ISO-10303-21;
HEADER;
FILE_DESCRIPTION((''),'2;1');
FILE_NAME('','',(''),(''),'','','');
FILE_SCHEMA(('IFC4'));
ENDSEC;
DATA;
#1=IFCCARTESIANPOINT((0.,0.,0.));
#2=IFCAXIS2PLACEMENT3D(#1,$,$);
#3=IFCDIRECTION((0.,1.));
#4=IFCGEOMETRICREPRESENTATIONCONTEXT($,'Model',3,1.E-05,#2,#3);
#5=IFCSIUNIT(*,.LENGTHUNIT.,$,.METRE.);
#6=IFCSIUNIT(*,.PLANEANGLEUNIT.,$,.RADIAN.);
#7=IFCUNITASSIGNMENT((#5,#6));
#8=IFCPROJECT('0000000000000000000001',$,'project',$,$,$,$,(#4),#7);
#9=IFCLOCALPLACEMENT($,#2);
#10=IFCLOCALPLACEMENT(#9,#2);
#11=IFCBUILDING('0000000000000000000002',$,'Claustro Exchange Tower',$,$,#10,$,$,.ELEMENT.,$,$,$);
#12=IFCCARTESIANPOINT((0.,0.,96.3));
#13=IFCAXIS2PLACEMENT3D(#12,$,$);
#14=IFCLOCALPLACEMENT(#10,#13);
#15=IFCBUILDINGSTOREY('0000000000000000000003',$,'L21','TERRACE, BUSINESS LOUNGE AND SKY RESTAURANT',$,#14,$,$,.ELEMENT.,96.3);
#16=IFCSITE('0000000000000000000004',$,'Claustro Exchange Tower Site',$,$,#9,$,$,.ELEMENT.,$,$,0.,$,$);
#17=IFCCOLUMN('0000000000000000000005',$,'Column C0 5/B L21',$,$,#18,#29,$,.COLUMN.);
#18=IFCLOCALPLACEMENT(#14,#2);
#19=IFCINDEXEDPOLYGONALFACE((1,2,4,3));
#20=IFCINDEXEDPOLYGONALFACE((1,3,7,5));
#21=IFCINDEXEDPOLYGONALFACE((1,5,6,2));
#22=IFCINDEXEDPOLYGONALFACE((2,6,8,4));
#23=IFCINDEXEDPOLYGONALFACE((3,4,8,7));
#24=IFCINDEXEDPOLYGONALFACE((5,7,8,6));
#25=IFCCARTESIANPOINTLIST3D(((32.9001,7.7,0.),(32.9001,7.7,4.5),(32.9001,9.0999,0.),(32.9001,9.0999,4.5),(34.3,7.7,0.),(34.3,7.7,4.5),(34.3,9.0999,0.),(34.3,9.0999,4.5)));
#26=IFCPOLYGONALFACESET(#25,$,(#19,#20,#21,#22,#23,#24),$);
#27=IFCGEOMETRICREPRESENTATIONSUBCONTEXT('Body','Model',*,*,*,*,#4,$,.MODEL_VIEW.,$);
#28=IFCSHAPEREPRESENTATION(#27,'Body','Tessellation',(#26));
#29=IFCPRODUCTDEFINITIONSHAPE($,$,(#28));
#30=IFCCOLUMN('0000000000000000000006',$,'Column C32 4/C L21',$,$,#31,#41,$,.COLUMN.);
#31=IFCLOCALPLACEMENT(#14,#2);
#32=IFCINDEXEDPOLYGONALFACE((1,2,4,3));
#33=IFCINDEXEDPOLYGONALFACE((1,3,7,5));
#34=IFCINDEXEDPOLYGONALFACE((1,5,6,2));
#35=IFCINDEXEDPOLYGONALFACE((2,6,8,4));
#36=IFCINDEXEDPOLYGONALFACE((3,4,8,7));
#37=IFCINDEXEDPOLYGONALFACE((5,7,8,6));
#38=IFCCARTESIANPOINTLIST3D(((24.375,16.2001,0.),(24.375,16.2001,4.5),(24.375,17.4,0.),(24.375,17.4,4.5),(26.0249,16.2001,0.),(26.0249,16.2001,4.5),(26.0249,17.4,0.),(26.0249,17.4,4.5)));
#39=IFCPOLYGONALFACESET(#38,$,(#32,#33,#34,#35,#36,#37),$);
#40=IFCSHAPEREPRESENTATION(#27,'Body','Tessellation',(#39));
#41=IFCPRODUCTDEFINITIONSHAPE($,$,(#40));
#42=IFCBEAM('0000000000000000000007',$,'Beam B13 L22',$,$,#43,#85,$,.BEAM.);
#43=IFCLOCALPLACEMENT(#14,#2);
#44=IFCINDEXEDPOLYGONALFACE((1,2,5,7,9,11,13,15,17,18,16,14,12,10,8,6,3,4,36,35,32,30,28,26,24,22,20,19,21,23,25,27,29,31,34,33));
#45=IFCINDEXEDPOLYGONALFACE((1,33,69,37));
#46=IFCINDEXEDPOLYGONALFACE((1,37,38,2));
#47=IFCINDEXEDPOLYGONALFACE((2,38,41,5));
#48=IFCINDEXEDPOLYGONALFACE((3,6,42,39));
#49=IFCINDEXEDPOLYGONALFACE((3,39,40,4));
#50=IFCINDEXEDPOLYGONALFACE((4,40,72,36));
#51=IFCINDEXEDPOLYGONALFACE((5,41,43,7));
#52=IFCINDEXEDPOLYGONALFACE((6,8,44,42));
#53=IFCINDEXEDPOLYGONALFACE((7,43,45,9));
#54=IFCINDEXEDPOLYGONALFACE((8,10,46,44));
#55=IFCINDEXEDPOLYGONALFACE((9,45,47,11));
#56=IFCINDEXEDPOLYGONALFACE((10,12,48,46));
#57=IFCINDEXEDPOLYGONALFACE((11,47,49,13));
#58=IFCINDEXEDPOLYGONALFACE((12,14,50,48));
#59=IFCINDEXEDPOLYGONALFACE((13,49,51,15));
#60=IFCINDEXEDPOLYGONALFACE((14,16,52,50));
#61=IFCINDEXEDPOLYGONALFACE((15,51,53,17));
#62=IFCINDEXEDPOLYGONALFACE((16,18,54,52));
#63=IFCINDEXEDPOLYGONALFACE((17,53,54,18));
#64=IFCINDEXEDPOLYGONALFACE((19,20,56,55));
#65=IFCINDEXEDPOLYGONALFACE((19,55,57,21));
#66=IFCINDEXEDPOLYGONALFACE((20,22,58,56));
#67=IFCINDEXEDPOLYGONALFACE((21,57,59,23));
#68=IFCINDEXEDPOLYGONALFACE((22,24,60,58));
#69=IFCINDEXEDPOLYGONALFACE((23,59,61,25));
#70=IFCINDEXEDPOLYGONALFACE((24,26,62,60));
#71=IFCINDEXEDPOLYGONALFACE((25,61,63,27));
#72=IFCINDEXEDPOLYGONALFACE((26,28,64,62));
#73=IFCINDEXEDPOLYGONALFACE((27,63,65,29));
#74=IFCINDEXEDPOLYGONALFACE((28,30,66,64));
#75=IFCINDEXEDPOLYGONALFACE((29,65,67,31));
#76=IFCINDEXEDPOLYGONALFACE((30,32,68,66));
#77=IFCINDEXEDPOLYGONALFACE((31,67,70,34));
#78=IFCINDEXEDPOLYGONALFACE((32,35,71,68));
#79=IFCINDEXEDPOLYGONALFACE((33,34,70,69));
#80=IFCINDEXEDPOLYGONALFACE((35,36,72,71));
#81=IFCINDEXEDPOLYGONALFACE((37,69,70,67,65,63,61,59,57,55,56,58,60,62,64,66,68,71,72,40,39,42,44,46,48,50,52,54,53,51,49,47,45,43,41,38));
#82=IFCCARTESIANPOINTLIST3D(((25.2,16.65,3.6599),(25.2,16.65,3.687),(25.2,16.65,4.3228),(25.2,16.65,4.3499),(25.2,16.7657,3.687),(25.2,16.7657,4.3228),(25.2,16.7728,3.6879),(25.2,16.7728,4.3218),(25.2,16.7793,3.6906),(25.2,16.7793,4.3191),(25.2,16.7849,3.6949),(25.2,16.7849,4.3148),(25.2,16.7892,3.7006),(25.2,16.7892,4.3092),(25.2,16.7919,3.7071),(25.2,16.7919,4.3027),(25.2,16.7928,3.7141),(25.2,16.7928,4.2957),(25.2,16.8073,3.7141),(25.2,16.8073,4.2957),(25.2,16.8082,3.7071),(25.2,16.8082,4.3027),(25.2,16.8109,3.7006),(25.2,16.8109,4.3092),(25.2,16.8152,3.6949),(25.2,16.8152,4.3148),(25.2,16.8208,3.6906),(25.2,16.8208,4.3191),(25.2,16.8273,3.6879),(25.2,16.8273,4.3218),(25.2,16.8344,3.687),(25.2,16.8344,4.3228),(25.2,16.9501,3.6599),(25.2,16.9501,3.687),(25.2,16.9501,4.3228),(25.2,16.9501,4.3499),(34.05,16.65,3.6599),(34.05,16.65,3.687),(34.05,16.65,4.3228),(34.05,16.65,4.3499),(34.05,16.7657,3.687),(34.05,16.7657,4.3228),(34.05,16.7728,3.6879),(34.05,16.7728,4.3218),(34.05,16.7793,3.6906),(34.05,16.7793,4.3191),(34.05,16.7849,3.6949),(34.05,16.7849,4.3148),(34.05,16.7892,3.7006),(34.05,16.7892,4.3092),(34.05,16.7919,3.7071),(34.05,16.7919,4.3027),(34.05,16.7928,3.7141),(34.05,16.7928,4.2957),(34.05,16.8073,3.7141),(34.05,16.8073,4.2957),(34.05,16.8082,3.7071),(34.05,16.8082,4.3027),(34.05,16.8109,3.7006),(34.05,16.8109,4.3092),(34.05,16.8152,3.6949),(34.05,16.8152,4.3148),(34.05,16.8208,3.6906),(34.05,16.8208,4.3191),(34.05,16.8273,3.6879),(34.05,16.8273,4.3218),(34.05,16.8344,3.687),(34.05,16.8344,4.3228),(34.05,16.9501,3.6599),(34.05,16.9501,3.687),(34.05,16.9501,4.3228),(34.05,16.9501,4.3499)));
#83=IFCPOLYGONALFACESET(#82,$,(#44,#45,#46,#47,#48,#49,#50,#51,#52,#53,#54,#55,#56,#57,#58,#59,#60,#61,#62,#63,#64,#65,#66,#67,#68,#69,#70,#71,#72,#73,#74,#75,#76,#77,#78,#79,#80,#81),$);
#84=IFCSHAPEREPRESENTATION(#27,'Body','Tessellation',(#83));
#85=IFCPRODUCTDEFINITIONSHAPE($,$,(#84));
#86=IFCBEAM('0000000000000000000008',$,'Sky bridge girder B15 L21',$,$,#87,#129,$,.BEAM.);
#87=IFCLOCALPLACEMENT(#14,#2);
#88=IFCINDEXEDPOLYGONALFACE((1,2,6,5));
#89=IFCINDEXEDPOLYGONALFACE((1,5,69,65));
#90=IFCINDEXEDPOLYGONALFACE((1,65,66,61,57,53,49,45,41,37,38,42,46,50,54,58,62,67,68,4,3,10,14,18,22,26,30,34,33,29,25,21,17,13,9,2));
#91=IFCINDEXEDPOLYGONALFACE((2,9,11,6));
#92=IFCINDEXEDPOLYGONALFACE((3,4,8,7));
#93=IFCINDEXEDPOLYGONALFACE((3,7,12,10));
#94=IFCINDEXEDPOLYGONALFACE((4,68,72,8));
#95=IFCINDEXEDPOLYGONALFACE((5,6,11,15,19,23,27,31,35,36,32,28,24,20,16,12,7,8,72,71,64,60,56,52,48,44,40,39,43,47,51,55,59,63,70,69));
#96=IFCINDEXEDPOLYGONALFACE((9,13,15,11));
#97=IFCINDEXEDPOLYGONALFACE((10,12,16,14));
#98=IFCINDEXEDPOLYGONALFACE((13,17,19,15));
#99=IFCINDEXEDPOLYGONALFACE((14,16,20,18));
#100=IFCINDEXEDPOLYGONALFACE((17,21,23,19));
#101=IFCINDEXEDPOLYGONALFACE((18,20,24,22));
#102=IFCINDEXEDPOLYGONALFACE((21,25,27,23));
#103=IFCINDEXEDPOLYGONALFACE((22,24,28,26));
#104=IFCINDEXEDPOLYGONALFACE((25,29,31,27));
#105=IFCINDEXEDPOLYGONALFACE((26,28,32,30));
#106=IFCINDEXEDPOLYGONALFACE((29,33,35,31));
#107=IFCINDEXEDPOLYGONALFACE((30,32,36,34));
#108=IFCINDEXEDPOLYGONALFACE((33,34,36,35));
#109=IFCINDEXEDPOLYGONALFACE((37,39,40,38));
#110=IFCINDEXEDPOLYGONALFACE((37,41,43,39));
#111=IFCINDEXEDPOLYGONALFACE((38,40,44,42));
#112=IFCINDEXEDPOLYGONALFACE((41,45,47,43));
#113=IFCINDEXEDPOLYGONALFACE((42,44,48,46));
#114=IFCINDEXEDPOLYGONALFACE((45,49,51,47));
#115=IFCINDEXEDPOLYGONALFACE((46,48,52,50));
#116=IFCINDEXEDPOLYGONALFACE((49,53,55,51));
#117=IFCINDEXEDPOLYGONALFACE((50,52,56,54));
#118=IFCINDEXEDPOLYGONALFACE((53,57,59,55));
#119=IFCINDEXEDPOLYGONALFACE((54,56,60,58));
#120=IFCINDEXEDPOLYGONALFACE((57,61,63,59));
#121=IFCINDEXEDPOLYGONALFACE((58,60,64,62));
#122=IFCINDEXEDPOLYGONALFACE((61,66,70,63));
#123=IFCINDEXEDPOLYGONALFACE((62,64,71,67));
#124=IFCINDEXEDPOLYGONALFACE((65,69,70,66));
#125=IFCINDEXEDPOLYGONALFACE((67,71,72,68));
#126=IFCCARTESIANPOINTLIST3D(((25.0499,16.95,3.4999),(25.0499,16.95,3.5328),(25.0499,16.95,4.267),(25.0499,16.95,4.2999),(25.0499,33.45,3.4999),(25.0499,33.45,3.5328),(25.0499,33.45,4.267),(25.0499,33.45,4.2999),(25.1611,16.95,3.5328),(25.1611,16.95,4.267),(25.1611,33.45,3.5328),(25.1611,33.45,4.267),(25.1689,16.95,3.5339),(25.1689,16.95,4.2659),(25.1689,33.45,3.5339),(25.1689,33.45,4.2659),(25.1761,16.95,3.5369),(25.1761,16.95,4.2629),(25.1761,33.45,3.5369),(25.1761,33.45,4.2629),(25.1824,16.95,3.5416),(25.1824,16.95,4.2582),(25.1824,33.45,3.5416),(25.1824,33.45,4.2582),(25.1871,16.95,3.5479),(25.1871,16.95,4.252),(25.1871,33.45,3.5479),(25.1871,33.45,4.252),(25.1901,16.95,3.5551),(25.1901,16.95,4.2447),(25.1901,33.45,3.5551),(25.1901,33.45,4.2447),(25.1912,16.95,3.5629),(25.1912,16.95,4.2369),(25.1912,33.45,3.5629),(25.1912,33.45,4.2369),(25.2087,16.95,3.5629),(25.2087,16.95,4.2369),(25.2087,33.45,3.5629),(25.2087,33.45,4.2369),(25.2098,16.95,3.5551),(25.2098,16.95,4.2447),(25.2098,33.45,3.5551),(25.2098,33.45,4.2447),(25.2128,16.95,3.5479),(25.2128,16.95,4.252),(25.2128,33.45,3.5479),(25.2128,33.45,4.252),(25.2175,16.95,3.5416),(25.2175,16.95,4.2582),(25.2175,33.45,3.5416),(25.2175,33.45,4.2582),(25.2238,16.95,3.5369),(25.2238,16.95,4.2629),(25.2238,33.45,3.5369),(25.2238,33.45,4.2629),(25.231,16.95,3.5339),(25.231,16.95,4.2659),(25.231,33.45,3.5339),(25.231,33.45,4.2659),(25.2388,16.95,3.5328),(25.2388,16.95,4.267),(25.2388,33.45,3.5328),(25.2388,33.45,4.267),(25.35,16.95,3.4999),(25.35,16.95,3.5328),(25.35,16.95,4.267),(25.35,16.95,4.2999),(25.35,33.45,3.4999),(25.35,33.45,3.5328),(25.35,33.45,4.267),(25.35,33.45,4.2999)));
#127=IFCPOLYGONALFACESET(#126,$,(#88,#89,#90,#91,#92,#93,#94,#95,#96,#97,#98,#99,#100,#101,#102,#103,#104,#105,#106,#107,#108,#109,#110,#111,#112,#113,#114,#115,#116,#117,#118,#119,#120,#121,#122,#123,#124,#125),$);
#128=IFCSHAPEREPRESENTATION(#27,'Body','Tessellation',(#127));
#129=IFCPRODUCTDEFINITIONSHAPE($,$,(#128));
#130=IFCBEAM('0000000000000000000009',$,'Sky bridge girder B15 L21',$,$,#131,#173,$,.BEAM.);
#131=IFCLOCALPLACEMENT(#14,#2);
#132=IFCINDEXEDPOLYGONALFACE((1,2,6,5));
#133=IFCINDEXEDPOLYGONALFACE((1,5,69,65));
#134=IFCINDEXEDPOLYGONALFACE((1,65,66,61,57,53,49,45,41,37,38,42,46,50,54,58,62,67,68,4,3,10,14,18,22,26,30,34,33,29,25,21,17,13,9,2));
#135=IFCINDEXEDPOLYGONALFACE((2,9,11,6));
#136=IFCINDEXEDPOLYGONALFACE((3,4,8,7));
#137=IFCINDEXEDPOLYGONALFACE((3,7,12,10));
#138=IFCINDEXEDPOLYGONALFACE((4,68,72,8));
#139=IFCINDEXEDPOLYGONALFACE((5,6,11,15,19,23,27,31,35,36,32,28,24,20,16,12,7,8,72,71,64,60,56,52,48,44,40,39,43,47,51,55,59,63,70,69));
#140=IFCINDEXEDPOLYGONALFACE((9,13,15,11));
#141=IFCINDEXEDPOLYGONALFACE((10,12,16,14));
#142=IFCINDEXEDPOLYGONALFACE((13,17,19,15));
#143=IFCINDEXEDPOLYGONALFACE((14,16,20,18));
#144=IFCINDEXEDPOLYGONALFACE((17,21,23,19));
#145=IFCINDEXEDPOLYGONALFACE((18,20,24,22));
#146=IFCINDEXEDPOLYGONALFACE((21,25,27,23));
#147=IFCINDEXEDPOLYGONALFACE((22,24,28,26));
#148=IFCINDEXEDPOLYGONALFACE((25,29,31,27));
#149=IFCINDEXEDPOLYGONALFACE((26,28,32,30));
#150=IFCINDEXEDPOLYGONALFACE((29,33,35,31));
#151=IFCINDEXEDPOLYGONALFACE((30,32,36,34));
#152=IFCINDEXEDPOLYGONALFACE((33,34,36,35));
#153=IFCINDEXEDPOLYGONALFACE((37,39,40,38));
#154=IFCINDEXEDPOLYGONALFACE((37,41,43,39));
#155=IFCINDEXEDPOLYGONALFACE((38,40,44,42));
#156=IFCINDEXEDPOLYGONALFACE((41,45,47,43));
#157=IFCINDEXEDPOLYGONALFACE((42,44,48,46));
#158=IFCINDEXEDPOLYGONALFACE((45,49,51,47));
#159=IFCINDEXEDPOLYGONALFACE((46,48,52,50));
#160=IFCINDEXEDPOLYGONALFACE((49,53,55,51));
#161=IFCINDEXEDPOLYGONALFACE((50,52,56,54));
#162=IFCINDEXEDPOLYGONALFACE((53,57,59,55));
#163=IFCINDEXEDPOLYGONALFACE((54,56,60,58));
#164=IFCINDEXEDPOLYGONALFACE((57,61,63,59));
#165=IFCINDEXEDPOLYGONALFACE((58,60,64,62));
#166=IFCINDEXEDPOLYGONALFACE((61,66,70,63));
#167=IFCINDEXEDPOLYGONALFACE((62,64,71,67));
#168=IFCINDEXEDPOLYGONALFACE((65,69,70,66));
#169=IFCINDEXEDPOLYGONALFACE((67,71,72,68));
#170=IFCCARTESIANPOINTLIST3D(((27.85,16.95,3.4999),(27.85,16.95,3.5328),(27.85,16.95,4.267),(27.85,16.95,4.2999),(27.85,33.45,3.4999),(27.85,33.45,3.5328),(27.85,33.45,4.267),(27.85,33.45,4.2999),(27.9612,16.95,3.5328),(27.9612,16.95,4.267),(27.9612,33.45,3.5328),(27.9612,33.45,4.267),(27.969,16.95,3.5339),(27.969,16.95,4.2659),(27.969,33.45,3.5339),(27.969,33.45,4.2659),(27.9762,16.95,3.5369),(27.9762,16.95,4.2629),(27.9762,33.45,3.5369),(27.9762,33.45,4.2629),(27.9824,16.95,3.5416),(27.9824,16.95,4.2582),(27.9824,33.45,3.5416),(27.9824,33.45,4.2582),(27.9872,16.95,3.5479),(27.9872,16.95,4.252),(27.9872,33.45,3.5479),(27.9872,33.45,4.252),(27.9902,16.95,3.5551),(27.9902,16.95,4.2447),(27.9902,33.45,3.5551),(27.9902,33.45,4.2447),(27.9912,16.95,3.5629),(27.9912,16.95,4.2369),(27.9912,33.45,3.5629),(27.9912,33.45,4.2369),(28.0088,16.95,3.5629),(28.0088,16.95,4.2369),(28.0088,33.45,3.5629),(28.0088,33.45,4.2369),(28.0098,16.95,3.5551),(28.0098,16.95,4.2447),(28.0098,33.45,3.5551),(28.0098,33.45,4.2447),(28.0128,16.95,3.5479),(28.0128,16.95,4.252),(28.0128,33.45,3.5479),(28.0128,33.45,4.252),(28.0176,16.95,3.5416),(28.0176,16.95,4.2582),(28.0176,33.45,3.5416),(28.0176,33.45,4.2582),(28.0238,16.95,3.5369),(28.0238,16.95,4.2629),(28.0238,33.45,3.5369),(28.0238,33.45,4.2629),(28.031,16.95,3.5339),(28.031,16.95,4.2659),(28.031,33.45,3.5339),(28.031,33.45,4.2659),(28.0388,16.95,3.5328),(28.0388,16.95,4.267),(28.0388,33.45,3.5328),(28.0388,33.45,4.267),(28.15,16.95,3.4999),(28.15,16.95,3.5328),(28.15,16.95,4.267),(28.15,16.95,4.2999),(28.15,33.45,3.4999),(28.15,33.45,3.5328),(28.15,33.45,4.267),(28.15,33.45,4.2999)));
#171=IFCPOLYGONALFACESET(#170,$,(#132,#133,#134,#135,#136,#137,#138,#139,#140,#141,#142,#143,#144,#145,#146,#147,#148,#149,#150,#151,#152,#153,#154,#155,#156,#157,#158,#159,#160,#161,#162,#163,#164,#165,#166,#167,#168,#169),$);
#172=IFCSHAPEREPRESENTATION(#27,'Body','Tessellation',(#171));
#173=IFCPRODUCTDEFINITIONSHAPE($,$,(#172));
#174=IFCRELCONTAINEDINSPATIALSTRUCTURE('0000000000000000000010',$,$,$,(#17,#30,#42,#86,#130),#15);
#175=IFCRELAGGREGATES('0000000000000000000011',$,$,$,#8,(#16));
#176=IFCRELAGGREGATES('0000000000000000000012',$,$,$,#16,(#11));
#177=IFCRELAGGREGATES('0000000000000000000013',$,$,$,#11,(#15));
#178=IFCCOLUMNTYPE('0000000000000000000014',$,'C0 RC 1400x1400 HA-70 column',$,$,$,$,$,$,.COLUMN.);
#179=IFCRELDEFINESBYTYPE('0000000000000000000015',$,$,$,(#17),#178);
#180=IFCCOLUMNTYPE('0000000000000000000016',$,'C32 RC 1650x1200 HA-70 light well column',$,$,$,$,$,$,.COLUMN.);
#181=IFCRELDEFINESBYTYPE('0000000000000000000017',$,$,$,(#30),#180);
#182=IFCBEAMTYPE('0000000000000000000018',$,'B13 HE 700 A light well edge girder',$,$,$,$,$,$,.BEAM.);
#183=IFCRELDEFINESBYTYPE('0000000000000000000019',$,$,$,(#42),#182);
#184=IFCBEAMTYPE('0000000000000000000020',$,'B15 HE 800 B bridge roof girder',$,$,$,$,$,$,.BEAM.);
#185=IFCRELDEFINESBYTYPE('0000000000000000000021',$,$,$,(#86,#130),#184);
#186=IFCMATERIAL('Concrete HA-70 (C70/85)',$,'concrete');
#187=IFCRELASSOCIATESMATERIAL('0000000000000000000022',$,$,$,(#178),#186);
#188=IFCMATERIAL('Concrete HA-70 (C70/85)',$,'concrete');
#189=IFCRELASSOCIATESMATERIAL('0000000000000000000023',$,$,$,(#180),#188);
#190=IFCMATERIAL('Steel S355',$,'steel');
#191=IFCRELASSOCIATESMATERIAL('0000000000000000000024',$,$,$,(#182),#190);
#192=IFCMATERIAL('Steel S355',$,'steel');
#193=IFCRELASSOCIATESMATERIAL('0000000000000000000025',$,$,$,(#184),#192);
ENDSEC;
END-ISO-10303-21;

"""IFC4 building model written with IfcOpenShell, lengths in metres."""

from ifc_helpers import new_model, si_unit, direction, frame, origin, origin_2d, place, context, subcontext, project, spatial, rectangle, i_section, extrude, material, material_profile, profile_set, type_object, element, save


model = new_model("IFC4")

# Units and contexts
model_context = context("Model", 3, precision=1e-05, world=origin(), true_north=direction((0.0, 1.0)))
body_context = subcontext(model_context, "Body", "Model", "MODEL_VIEW")
ifc_project = project(units=[si_unit("LENGTHUNIT", "METRE"), si_unit("PLANEANGLEUNIT", "RADIAN")], contexts=[model_context])

# Site, building, storey
site_placement = place(None, origin())
site = spatial("IfcSite", under=ifc_project, at=site_placement, Name="Claustro Exchange Tower Site", CompositionType="ELEMENT", RefElevation=0.0)
building_placement = place(site_placement, origin())
building = spatial("IfcBuilding", under=site, at=building_placement, Name="Claustro Exchange Tower", CompositionType="ELEMENT")
storey_placement = place(building_placement, frame((0.0, 0.0, 96.3)))
storey = spatial("IfcBuildingStorey", under=building, at=storey_placement, Name="L21", Description="TERRACE, BUSINESS LOUNGE AND SKY RESTAURANT", CompositionType="ELEMENT", Elevation=96.3)

# Columns
ifc_material_1 = material(Name="Concrete HA-70 (C70/85)", Category="concrete")
ifc_material_profile_1 = material_profile(ifc_material_1, rectangle(XDim=1.3999, YDim=1.3999, at=origin_2d()), Name="RC 1400x1400")
ifc_profile_set_1 = profile_set([ifc_material_profile_1], Name="Concrete HA-70 (C70/85)")
column_type_1 = type_object("IfcColumnType", Name="C0 RC 1400x1400 HA-70 column", PredefinedType="COLUMN", material=ifc_profile_set_1)
column_1_placement = place(storey_placement, frame((33.6001, 8.3999, 0.0), z_axis=(0.0, 0.0, 1.0), x_axis=(1.0, 0.0, 0.0)))
element("IfcColumn", 1, at=column_1_placement, inside=storey, type_object=column_type_1, Name="Column C0 5/B L21", PredefinedType="COLUMN", context=body_context, shape_type="SweptSolid", body=[
    extrude(rectangle(XDim=1.3999, YDim=1.3999, at=origin_2d()), origin(), (0.0, 0.0, 1.0), 4.5),
])
ifc_material_2 = material(Name="Concrete HA-70 (C70/85)", Category="concrete")
ifc_material_profile_2 = material_profile(ifc_material_2, rectangle(XDim=1.6499, YDim=1.2, at=origin_2d()), Name="RC 1650x1200")
ifc_profile_set_2 = profile_set([ifc_material_profile_2], Name="Concrete HA-70 (C70/85)")
column_type_2 = type_object("IfcColumnType", Name="C32 RC 1650x1200 HA-70 light well column", PredefinedType="COLUMN", material=ifc_profile_set_2)
column_2_placement = place(storey_placement, frame((25.2, 16.8, 0.0), z_axis=(0.0, 0.0, 1.0), x_axis=(1.0, 0.0, 0.0)))
element("IfcColumn", 2, at=column_2_placement, inside=storey, type_object=column_type_2, Name="Column C32 4/C L21", PredefinedType="COLUMN", context=body_context, shape_type="SweptSolid", body=[
    extrude(rectangle(XDim=1.6499, YDim=1.2, at=origin_2d()), origin(), (0.0, 0.0, 1.0), 4.5),
])

# Beams
ifc_material_3 = material(Name="Steel S355", Category="steel")
ifc_material_profile_3 = material_profile(ifc_material_3, i_section(OverallWidth=0.3, OverallDepth=0.6899, WebThickness=0.0144, FlangeThickness=0.0271, FilletRadius=0.0271, at=origin_2d()), Name="HE 700 A")
ifc_profile_set_3 = profile_set([ifc_material_profile_3], Name="Steel S355")
beam_type_1 = type_object("IfcBeamType", Name="B13 HE 700 A light well edge girder", PredefinedType="BEAM", material=ifc_profile_set_3)
beam_1_placement = place(storey_placement, frame((25.2, 16.8, 4.0049), z_axis=(1.0, 0.0, 0.0), x_axis=(0.0, 1.0, 0.0)))
element("IfcBeam", 3, at=beam_1_placement, inside=storey, type_object=beam_type_1, Name="Beam B13 L22", PredefinedType="BEAM", context=body_context, shape_type="SweptSolid", body=[
    extrude(i_section(OverallWidth=0.3, OverallDepth=0.6899, WebThickness=0.0144, FlangeThickness=0.0271, FilletRadius=0.0271, at=origin_2d()), origin(), (0.0, 0.0, 1.0), 8.8501),
])
ifc_material_4 = material(Name="Steel S355", Category="steel")
ifc_material_profile_4 = material_profile(ifc_material_4, i_section(OverallWidth=0.3, OverallDepth=0.8, WebThickness=0.0176, FlangeThickness=0.033, FilletRadius=0.03, at=origin_2d()), Name="HE 800 B")
ifc_profile_set_4 = profile_set([ifc_material_profile_4], Name="Steel S355")
beam_type_2 = type_object("IfcBeamType", Name="B15 HE 800 B bridge roof girder", PredefinedType="BEAM", material=ifc_profile_set_4)
for number, where, z_axis, x_axis, name in (
    (4, (25.2, 16.95, 3.8999), (0.0, 1.0, 0.0), (-1.0, 0.0, 0.0), "Sky bridge girder B15 L21"),
    (5, (28.0, 16.95, 3.8999), (0.0, 1.0, 0.0), (-1.0, 0.0, 0.0), "Sky bridge girder B15 L21"),
):
    element("IfcBeam", number, at=place(storey_placement, frame(where, z_axis=z_axis, x_axis=x_axis)), inside=storey, type_object=beam_type_2, Name=name, PredefinedType="BEAM", context=body_context, shape_type="SweptSolid", body=[
        extrude(i_section(OverallWidth=0.3, OverallDepth=0.8, WebThickness=0.0176, FlangeThickness=0.033, FilletRadius=0.03, at=origin_2d()), origin(), (0.0, 0.0, 1.0), 16.5),
    ])

save(model, "model.ifc")
